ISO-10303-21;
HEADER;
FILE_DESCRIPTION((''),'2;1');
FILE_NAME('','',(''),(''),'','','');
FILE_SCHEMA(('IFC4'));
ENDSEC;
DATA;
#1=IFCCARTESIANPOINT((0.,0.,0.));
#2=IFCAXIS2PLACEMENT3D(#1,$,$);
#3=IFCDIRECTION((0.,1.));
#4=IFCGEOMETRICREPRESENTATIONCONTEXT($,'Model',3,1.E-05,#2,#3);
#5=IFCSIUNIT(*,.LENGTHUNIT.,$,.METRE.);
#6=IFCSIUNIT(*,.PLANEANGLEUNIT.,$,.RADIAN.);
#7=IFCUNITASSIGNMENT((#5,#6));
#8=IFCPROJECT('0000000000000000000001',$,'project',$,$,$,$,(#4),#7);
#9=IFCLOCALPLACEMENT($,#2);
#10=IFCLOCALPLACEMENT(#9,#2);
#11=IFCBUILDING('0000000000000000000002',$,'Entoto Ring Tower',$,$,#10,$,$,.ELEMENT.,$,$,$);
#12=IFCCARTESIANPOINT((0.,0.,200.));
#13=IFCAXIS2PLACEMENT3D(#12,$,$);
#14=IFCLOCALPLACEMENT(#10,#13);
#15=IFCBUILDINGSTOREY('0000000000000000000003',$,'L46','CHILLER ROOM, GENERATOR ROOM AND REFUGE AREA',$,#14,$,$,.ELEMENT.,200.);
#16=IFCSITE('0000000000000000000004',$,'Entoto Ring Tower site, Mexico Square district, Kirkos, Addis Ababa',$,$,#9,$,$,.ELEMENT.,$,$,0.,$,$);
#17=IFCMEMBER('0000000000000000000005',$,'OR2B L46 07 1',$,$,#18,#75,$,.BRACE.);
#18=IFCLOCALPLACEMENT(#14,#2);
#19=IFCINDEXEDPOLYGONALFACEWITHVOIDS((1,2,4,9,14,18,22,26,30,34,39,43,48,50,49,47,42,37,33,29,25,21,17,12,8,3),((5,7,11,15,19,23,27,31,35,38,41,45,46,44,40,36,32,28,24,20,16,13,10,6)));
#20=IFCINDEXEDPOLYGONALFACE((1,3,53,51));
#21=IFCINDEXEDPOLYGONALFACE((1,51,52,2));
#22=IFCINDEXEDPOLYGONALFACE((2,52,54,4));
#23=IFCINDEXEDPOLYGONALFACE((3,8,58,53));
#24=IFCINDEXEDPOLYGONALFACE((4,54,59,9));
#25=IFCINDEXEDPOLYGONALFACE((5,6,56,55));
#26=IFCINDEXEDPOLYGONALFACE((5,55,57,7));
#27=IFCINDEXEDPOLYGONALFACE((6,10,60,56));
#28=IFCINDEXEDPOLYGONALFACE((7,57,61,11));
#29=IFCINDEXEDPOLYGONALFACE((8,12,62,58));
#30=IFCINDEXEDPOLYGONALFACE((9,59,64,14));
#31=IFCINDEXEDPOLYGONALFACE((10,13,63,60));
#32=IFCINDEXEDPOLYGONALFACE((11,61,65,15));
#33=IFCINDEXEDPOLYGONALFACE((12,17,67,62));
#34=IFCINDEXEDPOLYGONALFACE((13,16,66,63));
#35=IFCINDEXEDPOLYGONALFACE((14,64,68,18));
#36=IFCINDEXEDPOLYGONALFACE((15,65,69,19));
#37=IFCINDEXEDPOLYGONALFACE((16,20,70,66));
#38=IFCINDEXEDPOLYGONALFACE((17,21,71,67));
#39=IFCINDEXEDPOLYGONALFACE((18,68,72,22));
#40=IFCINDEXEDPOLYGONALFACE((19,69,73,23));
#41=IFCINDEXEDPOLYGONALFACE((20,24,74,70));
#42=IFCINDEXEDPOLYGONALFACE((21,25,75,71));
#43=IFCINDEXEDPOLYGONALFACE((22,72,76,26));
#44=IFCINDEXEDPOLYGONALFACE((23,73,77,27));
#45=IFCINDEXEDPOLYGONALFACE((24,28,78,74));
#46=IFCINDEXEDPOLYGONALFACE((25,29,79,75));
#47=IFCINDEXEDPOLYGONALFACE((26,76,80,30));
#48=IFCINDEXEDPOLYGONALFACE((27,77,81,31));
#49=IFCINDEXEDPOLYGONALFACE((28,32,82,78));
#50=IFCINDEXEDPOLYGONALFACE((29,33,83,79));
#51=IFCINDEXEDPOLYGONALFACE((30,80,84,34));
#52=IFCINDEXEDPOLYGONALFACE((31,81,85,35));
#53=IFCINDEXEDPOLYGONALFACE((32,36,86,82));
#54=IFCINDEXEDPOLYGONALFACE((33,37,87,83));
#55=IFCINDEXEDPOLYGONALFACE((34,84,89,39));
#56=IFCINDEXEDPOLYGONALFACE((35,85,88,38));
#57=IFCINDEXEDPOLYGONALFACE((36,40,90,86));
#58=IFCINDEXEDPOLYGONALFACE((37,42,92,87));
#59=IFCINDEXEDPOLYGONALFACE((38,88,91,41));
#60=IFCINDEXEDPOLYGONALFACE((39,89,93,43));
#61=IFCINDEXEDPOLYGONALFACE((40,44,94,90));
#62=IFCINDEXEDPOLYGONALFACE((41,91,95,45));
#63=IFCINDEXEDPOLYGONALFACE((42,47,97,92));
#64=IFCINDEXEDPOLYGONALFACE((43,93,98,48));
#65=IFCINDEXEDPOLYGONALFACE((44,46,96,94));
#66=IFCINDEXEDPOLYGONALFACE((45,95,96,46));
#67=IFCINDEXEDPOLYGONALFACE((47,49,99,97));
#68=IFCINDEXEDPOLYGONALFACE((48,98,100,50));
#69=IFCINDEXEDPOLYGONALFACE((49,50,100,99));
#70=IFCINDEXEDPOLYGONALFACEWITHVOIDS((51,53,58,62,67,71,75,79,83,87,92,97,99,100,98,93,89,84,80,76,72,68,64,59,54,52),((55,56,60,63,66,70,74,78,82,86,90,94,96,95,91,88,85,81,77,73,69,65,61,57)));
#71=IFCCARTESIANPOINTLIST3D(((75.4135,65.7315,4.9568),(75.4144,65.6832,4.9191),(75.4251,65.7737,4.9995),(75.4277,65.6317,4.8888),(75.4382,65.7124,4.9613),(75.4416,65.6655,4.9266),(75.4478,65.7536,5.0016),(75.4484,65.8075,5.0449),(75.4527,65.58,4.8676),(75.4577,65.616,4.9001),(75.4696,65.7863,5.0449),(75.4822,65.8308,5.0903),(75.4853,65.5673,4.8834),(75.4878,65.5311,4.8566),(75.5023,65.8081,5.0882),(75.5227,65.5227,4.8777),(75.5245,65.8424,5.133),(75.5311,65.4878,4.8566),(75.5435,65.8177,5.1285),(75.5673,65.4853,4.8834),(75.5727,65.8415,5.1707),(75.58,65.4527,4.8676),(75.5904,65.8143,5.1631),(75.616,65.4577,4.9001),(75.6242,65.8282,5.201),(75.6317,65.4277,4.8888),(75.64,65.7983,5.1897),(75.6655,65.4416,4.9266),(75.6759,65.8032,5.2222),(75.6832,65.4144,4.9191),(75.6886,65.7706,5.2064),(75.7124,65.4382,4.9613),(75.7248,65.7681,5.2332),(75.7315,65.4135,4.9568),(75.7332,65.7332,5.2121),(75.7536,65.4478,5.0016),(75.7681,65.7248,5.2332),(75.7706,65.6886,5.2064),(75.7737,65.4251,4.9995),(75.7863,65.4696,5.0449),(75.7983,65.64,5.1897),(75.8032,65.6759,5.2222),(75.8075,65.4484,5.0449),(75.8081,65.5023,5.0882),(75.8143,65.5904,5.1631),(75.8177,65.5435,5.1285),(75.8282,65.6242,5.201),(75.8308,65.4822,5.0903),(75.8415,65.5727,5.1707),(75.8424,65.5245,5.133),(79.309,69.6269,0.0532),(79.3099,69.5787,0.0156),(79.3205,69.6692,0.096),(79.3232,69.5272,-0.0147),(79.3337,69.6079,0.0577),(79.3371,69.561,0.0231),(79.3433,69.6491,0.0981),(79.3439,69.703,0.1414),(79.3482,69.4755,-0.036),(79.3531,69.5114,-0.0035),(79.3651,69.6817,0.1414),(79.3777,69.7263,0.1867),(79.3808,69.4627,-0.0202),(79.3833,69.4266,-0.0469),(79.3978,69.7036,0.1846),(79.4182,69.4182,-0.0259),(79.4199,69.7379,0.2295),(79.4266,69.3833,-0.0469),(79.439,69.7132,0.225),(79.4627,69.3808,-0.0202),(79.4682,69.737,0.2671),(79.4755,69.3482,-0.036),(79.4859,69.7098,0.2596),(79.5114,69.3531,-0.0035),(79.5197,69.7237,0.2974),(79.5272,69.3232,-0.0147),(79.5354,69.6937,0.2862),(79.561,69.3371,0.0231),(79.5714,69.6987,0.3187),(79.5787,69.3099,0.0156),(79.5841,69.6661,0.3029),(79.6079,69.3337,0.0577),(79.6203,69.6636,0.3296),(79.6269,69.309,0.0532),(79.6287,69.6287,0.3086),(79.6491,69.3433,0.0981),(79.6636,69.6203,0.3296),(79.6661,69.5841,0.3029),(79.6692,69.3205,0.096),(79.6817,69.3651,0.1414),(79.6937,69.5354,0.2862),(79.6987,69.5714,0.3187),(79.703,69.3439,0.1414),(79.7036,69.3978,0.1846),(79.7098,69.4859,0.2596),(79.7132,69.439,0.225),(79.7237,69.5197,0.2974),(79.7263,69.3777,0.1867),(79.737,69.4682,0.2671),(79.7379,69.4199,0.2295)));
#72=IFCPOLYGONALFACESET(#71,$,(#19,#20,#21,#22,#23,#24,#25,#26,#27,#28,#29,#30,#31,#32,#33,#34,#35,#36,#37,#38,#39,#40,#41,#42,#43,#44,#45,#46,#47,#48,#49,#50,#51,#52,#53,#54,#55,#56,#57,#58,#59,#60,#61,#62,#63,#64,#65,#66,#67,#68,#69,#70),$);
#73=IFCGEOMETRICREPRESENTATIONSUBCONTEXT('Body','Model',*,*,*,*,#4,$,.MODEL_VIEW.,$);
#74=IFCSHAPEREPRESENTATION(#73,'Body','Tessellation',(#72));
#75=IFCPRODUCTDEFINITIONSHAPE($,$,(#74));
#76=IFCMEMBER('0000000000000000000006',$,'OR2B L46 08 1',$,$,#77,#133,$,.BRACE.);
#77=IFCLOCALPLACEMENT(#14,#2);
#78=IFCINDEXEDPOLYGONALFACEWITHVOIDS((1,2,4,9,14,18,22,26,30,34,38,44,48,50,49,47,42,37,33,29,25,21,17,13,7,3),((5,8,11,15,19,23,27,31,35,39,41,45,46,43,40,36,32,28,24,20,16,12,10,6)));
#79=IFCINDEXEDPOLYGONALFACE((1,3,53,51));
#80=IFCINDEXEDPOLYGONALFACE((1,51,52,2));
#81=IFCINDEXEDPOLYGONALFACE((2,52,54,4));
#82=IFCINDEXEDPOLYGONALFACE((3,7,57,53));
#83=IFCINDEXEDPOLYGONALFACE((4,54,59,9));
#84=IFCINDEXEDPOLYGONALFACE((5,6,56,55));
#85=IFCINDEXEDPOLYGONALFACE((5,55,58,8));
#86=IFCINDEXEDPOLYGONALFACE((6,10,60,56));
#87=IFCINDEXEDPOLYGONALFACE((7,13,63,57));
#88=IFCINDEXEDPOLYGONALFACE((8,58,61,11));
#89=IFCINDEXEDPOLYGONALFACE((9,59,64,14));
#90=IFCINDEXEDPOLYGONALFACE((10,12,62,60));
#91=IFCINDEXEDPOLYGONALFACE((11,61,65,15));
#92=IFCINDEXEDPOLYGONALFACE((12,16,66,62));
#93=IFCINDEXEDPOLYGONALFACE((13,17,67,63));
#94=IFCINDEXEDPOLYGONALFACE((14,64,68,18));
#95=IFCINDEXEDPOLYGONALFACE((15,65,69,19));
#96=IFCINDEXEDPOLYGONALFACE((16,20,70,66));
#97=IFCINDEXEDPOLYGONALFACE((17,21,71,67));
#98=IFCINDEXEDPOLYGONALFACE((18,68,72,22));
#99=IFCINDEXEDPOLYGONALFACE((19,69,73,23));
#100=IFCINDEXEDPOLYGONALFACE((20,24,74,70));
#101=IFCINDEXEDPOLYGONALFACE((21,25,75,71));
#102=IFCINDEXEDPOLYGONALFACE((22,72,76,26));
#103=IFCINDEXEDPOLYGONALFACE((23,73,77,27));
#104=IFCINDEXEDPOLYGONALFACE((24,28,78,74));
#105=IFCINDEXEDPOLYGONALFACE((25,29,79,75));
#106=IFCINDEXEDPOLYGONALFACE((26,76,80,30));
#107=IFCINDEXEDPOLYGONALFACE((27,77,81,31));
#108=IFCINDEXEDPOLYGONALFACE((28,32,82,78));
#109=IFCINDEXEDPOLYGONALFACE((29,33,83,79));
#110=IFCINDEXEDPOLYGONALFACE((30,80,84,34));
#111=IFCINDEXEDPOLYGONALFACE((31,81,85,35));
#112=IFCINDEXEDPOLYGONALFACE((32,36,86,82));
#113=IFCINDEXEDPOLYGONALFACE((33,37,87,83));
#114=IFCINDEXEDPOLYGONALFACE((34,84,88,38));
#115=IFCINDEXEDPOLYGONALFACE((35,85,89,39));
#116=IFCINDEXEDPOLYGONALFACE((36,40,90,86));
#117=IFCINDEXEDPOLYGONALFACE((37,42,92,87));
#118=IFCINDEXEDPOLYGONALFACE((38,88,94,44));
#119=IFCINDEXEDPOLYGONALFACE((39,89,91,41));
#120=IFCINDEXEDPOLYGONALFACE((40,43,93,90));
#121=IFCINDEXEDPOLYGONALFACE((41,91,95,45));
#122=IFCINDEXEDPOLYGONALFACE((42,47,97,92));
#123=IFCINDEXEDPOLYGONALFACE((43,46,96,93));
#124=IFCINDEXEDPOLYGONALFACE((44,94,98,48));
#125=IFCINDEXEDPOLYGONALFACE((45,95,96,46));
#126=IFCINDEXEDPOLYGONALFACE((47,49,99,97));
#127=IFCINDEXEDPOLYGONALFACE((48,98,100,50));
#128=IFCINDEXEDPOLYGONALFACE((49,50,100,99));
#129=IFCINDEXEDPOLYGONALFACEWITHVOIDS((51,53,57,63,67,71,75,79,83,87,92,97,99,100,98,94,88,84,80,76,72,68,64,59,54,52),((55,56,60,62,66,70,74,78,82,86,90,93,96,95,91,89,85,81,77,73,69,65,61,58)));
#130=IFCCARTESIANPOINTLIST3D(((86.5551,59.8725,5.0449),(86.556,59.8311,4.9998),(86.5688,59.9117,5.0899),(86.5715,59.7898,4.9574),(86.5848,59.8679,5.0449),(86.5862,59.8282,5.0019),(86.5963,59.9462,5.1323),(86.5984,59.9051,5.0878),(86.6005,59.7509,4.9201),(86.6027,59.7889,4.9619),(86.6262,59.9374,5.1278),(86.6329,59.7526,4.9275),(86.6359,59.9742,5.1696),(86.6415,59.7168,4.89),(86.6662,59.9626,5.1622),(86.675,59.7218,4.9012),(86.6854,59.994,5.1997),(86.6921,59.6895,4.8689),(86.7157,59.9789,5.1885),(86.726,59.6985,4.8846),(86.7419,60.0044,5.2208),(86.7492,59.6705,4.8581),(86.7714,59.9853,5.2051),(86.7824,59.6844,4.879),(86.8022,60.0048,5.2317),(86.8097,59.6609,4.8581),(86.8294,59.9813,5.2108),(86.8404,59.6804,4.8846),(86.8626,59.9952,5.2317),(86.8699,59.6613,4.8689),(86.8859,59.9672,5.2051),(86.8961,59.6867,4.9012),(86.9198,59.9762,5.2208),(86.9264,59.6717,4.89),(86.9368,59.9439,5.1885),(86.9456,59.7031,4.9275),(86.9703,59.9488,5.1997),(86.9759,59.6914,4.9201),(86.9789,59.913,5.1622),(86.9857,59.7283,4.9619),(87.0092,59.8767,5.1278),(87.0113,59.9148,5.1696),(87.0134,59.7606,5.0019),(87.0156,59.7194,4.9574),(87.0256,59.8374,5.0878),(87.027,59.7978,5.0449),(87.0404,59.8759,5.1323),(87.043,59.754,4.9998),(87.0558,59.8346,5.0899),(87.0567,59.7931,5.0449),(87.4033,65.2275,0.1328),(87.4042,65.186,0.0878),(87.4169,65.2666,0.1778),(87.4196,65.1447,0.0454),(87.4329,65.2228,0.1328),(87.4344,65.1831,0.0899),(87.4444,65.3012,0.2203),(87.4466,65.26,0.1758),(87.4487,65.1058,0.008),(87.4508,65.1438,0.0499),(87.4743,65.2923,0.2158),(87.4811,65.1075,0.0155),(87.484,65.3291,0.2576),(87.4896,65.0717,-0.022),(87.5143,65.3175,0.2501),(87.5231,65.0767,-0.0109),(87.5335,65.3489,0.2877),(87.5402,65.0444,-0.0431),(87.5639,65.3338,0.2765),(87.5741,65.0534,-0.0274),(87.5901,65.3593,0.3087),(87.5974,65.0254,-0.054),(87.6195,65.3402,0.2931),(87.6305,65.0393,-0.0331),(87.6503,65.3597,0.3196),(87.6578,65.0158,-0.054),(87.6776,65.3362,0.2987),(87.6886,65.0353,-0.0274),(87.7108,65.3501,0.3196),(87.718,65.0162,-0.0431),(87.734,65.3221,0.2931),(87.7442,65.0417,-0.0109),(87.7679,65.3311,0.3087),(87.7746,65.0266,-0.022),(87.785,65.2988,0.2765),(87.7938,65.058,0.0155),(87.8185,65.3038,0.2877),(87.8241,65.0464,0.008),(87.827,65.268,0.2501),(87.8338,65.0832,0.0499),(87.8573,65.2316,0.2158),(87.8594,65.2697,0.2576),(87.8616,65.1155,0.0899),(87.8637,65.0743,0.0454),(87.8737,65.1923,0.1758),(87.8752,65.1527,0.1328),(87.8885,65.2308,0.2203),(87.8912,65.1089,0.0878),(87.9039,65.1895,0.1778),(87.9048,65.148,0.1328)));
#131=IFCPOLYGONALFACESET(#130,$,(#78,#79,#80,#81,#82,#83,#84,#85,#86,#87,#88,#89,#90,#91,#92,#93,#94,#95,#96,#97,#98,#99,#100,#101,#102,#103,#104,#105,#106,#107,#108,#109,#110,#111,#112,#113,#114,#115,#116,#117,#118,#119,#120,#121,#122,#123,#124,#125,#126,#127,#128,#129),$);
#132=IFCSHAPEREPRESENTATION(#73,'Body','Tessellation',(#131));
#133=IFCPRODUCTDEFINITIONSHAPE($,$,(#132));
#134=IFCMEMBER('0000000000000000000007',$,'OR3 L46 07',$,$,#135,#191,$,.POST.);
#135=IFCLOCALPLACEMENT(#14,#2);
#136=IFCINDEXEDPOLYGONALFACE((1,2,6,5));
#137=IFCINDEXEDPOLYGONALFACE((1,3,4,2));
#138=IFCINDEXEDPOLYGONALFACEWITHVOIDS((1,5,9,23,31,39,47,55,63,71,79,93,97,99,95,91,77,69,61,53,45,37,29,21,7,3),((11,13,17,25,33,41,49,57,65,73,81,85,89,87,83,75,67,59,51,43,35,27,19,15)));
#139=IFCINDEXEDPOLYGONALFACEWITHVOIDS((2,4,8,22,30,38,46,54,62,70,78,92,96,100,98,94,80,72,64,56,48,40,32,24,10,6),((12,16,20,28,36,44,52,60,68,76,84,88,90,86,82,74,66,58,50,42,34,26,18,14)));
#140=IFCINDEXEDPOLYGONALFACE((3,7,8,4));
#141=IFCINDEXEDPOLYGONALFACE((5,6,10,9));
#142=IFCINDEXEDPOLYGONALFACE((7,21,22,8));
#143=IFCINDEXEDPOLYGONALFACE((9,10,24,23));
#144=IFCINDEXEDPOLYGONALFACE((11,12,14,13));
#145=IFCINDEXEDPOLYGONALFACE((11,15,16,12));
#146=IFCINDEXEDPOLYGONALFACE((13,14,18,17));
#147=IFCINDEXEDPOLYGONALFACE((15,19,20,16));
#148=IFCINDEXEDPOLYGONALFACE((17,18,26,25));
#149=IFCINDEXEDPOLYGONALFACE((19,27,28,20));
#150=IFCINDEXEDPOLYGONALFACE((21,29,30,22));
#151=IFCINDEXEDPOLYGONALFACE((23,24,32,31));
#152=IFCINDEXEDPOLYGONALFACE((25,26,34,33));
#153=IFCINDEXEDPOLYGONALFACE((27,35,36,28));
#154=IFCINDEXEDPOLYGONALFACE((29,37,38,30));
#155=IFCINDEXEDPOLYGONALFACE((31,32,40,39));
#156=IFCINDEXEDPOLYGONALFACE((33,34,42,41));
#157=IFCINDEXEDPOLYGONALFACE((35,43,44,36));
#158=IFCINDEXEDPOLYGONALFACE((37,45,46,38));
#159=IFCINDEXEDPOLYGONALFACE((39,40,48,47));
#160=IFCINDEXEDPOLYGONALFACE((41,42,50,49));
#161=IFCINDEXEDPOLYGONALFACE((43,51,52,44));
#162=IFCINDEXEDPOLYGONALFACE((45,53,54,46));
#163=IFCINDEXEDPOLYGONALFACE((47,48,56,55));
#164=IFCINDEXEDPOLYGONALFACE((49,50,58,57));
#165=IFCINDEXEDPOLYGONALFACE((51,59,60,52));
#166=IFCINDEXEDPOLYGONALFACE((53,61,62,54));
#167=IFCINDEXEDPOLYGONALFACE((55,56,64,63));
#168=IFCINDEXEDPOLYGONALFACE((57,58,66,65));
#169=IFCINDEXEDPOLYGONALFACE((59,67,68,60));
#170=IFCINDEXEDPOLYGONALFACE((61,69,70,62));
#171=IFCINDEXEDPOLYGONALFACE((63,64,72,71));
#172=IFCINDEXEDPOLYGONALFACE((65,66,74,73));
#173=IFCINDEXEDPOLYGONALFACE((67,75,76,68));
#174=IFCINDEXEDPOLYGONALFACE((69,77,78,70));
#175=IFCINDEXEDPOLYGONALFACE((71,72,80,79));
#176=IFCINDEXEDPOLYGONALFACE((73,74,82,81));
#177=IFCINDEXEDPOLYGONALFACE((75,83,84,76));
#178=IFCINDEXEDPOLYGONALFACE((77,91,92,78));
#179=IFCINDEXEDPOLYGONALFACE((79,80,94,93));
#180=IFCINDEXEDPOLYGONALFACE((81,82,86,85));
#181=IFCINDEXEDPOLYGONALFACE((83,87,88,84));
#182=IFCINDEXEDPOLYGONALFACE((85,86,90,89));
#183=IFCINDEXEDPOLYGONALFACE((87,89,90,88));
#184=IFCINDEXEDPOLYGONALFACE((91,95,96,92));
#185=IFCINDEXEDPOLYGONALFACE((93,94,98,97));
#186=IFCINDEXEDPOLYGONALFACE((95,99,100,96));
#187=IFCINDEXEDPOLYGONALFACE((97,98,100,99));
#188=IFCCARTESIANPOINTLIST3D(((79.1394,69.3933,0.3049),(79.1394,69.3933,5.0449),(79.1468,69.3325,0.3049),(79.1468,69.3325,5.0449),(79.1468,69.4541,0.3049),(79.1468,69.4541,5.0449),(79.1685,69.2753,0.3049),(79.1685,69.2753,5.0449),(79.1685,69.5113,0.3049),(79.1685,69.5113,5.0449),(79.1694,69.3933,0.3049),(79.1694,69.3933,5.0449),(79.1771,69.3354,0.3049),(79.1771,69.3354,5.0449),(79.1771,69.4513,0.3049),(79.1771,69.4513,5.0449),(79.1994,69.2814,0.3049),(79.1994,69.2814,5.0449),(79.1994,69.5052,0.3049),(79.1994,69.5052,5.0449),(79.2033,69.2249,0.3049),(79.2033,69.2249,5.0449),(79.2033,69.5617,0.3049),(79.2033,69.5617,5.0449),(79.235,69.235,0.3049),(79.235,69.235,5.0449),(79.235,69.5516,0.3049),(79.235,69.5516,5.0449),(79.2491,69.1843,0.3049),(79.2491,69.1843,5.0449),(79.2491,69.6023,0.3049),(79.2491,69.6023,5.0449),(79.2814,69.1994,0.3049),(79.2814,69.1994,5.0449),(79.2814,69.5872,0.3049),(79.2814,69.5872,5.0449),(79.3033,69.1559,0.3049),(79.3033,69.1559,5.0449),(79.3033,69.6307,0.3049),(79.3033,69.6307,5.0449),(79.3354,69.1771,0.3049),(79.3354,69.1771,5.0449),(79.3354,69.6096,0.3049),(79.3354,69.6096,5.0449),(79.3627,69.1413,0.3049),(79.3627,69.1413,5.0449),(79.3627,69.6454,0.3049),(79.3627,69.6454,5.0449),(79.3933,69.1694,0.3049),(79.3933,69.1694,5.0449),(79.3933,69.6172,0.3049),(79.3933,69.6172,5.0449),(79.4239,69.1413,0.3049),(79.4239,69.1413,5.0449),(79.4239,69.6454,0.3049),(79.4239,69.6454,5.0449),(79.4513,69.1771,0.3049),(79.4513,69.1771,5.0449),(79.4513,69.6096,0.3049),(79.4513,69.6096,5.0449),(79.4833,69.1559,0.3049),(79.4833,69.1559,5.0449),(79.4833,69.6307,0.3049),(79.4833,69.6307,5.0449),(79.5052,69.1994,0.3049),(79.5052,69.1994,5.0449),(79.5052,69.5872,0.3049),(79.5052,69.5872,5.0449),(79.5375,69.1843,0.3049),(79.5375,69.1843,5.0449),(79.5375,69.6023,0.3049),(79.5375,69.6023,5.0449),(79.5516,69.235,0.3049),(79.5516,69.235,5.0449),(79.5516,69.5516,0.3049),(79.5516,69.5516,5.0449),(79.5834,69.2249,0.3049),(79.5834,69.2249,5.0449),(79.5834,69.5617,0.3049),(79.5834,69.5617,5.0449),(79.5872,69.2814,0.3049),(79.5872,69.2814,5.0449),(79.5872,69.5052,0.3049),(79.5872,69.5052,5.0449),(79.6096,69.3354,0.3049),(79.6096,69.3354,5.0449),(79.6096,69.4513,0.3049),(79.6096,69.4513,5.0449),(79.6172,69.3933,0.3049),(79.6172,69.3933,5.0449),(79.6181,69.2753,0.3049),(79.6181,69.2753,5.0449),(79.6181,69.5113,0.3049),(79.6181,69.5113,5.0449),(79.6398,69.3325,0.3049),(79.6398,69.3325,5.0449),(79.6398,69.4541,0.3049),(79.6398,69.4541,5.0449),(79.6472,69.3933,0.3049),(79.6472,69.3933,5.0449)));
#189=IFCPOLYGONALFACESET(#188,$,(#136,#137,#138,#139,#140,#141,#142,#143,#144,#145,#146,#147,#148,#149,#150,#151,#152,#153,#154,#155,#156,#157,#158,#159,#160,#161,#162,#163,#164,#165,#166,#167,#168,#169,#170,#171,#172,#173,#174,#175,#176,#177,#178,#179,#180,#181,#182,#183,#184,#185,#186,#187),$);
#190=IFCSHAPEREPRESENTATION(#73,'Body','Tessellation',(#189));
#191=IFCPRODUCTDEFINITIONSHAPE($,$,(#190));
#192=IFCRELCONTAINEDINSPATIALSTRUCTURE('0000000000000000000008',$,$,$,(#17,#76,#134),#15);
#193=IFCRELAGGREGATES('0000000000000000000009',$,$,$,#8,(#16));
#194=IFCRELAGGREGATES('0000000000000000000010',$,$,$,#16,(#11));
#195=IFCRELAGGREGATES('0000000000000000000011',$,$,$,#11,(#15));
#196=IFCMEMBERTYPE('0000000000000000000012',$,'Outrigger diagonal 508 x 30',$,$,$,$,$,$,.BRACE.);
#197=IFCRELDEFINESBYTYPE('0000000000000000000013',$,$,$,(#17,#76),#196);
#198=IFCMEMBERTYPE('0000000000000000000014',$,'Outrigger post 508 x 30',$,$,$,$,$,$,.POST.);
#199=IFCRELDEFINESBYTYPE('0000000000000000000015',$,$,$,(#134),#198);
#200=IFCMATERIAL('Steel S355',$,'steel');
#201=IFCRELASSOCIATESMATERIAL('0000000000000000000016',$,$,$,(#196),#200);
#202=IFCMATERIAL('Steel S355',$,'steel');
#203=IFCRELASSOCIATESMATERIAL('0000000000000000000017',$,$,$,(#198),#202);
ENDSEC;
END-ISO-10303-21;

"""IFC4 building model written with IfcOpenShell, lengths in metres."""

from ifc_helpers import new_model, si_unit, direction, frame, origin, origin_2d, place, context, subcontext, project, spatial, circle, hollow_circle, extrude, material, material_profile, profile_set, type_object, element, save


model = new_model("IFC4")

# Units and contexts
model_context = context("Model", 3, precision=1e-05, world=origin(), true_north=direction((0.0, 1.0)))
body_context = subcontext(model_context, "Body", "Model", "MODEL_VIEW")
ifc_project = project(units=[si_unit("LENGTHUNIT", "METRE"), si_unit("PLANEANGLEUNIT", "RADIAN")], contexts=[model_context])

# Site, building, storey
site_placement = place(None, origin())
site = spatial("IfcSite", under=ifc_project, at=site_placement, Name="Entoto Ring Tower site, Mexico Square district, Kirkos, Addis Ababa", CompositionType="ELEMENT", RefElevation=0.0)
building_placement = place(site_placement, origin())
building = spatial("IfcBuilding", under=site, at=building_placement, Name="Entoto Ring Tower", CompositionType="ELEMENT")
storey_placement = place(building_placement, frame((0.0, 0.0, 200.0)))
storey = spatial("IfcBuildingStorey", under=building, at=storey_placement, Name="L46", Description="CHILLER ROOM, GENERATOR ROOM AND REFUGE AREA", CompositionType="ELEMENT", Elevation=200.0)

# Members
ifc_material_1 = material(Name="Steel S355", Category="steel")
ifc_material_profile_1 = material_profile(ifc_material_1, hollow_circle(Radius=0.2539, WallThickness=0.03, at=origin_2d()), Name="CHS 508 x 30")
ifc_material_2 = material(Name="Concrete C60/75", Category="concrete")
ifc_material_profile_2 = material_profile(ifc_material_2, circle(Radius=0.2241, at=origin_2d()), Name="Concrete C60/75 infill")
ifc_profile_set_1 = profile_set([ifc_material_profile_1, ifc_material_profile_2], Name="Steel S355")
member_type_1 = type_object("IfcMemberType", Name="Outrigger diagonal 508 x 30", PredefinedType="BRACE", material=ifc_profile_set_1)
member_1_placement = place(storey_placement, frame((79.5234, 69.5234, 0.1414), z_axis=(-0.528184, -0.528184, 0.664864), x_axis=(0.707107, -0.707107, 0.0)))
element("IfcMember", 1, at=member_1_placement, inside=storey, type_object=member_type_1, Name="OR2B L46 07 1", PredefinedType="BRACE", context=body_context, shape_type="SweptSolid", body=[
    extrude(hollow_circle(Radius=0.2539, WallThickness=0.03, at=origin_2d()), origin(), (0.0, 0.0, 1.0), 7.3752),
])
member_2_placement = place(storey_placement, frame((87.6541, 65.1877, 0.1328), z_axis=(-0.11593, -0.731954, 0.671419), x_axis=(0.987688, -0.156434, 0.0)))
element("IfcMember", 2, at=member_2_placement, inside=storey, type_object=member_type_1, Name="OR2B L46 08 1", PredefinedType="BRACE", context=body_context, shape_type="SweptSolid", body=[
    extrude(hollow_circle(Radius=0.2539, WallThickness=0.03, at=origin_2d()), origin(), (0.0, 0.0, 1.0), 7.3159),
])
ifc_material_3 = material(Name="Steel S355", Category="steel")
ifc_material_profile_3 = material_profile(ifc_material_3, hollow_circle(Radius=0.2539, WallThickness=0.03, at=origin_2d()), Name="CHS 508 x 30")
ifc_material_4 = material(Name="Concrete C60/75", Category="concrete")
ifc_material_profile_4 = material_profile(ifc_material_4, circle(Radius=0.2241, at=origin_2d()), Name="Concrete C60/75 infill")
ifc_profile_set_2 = profile_set([ifc_material_profile_3, ifc_material_profile_4], Name="Steel S355")
member_type_2 = type_object("IfcMemberType", Name="Outrigger post 508 x 30", PredefinedType="POST", material=ifc_profile_set_2)
member_3_placement = place(storey_placement, frame((79.3933, 69.3933, 0.3049), z_axis=(0.0, 0.0, 1.0), x_axis=(1.0, 0.0, 0.0)))
element("IfcMember", 3, at=member_3_placement, inside=storey, type_object=member_type_2, Name="OR3 L46 07", PredefinedType="POST", context=body_context, shape_type="SweptSolid", body=[
    extrude(hollow_circle(Radius=0.2539, WallThickness=0.03, at=origin_2d()), origin(), (0.0, 0.0, 1.0), 4.74),
])

save(model, "model.ifc")
